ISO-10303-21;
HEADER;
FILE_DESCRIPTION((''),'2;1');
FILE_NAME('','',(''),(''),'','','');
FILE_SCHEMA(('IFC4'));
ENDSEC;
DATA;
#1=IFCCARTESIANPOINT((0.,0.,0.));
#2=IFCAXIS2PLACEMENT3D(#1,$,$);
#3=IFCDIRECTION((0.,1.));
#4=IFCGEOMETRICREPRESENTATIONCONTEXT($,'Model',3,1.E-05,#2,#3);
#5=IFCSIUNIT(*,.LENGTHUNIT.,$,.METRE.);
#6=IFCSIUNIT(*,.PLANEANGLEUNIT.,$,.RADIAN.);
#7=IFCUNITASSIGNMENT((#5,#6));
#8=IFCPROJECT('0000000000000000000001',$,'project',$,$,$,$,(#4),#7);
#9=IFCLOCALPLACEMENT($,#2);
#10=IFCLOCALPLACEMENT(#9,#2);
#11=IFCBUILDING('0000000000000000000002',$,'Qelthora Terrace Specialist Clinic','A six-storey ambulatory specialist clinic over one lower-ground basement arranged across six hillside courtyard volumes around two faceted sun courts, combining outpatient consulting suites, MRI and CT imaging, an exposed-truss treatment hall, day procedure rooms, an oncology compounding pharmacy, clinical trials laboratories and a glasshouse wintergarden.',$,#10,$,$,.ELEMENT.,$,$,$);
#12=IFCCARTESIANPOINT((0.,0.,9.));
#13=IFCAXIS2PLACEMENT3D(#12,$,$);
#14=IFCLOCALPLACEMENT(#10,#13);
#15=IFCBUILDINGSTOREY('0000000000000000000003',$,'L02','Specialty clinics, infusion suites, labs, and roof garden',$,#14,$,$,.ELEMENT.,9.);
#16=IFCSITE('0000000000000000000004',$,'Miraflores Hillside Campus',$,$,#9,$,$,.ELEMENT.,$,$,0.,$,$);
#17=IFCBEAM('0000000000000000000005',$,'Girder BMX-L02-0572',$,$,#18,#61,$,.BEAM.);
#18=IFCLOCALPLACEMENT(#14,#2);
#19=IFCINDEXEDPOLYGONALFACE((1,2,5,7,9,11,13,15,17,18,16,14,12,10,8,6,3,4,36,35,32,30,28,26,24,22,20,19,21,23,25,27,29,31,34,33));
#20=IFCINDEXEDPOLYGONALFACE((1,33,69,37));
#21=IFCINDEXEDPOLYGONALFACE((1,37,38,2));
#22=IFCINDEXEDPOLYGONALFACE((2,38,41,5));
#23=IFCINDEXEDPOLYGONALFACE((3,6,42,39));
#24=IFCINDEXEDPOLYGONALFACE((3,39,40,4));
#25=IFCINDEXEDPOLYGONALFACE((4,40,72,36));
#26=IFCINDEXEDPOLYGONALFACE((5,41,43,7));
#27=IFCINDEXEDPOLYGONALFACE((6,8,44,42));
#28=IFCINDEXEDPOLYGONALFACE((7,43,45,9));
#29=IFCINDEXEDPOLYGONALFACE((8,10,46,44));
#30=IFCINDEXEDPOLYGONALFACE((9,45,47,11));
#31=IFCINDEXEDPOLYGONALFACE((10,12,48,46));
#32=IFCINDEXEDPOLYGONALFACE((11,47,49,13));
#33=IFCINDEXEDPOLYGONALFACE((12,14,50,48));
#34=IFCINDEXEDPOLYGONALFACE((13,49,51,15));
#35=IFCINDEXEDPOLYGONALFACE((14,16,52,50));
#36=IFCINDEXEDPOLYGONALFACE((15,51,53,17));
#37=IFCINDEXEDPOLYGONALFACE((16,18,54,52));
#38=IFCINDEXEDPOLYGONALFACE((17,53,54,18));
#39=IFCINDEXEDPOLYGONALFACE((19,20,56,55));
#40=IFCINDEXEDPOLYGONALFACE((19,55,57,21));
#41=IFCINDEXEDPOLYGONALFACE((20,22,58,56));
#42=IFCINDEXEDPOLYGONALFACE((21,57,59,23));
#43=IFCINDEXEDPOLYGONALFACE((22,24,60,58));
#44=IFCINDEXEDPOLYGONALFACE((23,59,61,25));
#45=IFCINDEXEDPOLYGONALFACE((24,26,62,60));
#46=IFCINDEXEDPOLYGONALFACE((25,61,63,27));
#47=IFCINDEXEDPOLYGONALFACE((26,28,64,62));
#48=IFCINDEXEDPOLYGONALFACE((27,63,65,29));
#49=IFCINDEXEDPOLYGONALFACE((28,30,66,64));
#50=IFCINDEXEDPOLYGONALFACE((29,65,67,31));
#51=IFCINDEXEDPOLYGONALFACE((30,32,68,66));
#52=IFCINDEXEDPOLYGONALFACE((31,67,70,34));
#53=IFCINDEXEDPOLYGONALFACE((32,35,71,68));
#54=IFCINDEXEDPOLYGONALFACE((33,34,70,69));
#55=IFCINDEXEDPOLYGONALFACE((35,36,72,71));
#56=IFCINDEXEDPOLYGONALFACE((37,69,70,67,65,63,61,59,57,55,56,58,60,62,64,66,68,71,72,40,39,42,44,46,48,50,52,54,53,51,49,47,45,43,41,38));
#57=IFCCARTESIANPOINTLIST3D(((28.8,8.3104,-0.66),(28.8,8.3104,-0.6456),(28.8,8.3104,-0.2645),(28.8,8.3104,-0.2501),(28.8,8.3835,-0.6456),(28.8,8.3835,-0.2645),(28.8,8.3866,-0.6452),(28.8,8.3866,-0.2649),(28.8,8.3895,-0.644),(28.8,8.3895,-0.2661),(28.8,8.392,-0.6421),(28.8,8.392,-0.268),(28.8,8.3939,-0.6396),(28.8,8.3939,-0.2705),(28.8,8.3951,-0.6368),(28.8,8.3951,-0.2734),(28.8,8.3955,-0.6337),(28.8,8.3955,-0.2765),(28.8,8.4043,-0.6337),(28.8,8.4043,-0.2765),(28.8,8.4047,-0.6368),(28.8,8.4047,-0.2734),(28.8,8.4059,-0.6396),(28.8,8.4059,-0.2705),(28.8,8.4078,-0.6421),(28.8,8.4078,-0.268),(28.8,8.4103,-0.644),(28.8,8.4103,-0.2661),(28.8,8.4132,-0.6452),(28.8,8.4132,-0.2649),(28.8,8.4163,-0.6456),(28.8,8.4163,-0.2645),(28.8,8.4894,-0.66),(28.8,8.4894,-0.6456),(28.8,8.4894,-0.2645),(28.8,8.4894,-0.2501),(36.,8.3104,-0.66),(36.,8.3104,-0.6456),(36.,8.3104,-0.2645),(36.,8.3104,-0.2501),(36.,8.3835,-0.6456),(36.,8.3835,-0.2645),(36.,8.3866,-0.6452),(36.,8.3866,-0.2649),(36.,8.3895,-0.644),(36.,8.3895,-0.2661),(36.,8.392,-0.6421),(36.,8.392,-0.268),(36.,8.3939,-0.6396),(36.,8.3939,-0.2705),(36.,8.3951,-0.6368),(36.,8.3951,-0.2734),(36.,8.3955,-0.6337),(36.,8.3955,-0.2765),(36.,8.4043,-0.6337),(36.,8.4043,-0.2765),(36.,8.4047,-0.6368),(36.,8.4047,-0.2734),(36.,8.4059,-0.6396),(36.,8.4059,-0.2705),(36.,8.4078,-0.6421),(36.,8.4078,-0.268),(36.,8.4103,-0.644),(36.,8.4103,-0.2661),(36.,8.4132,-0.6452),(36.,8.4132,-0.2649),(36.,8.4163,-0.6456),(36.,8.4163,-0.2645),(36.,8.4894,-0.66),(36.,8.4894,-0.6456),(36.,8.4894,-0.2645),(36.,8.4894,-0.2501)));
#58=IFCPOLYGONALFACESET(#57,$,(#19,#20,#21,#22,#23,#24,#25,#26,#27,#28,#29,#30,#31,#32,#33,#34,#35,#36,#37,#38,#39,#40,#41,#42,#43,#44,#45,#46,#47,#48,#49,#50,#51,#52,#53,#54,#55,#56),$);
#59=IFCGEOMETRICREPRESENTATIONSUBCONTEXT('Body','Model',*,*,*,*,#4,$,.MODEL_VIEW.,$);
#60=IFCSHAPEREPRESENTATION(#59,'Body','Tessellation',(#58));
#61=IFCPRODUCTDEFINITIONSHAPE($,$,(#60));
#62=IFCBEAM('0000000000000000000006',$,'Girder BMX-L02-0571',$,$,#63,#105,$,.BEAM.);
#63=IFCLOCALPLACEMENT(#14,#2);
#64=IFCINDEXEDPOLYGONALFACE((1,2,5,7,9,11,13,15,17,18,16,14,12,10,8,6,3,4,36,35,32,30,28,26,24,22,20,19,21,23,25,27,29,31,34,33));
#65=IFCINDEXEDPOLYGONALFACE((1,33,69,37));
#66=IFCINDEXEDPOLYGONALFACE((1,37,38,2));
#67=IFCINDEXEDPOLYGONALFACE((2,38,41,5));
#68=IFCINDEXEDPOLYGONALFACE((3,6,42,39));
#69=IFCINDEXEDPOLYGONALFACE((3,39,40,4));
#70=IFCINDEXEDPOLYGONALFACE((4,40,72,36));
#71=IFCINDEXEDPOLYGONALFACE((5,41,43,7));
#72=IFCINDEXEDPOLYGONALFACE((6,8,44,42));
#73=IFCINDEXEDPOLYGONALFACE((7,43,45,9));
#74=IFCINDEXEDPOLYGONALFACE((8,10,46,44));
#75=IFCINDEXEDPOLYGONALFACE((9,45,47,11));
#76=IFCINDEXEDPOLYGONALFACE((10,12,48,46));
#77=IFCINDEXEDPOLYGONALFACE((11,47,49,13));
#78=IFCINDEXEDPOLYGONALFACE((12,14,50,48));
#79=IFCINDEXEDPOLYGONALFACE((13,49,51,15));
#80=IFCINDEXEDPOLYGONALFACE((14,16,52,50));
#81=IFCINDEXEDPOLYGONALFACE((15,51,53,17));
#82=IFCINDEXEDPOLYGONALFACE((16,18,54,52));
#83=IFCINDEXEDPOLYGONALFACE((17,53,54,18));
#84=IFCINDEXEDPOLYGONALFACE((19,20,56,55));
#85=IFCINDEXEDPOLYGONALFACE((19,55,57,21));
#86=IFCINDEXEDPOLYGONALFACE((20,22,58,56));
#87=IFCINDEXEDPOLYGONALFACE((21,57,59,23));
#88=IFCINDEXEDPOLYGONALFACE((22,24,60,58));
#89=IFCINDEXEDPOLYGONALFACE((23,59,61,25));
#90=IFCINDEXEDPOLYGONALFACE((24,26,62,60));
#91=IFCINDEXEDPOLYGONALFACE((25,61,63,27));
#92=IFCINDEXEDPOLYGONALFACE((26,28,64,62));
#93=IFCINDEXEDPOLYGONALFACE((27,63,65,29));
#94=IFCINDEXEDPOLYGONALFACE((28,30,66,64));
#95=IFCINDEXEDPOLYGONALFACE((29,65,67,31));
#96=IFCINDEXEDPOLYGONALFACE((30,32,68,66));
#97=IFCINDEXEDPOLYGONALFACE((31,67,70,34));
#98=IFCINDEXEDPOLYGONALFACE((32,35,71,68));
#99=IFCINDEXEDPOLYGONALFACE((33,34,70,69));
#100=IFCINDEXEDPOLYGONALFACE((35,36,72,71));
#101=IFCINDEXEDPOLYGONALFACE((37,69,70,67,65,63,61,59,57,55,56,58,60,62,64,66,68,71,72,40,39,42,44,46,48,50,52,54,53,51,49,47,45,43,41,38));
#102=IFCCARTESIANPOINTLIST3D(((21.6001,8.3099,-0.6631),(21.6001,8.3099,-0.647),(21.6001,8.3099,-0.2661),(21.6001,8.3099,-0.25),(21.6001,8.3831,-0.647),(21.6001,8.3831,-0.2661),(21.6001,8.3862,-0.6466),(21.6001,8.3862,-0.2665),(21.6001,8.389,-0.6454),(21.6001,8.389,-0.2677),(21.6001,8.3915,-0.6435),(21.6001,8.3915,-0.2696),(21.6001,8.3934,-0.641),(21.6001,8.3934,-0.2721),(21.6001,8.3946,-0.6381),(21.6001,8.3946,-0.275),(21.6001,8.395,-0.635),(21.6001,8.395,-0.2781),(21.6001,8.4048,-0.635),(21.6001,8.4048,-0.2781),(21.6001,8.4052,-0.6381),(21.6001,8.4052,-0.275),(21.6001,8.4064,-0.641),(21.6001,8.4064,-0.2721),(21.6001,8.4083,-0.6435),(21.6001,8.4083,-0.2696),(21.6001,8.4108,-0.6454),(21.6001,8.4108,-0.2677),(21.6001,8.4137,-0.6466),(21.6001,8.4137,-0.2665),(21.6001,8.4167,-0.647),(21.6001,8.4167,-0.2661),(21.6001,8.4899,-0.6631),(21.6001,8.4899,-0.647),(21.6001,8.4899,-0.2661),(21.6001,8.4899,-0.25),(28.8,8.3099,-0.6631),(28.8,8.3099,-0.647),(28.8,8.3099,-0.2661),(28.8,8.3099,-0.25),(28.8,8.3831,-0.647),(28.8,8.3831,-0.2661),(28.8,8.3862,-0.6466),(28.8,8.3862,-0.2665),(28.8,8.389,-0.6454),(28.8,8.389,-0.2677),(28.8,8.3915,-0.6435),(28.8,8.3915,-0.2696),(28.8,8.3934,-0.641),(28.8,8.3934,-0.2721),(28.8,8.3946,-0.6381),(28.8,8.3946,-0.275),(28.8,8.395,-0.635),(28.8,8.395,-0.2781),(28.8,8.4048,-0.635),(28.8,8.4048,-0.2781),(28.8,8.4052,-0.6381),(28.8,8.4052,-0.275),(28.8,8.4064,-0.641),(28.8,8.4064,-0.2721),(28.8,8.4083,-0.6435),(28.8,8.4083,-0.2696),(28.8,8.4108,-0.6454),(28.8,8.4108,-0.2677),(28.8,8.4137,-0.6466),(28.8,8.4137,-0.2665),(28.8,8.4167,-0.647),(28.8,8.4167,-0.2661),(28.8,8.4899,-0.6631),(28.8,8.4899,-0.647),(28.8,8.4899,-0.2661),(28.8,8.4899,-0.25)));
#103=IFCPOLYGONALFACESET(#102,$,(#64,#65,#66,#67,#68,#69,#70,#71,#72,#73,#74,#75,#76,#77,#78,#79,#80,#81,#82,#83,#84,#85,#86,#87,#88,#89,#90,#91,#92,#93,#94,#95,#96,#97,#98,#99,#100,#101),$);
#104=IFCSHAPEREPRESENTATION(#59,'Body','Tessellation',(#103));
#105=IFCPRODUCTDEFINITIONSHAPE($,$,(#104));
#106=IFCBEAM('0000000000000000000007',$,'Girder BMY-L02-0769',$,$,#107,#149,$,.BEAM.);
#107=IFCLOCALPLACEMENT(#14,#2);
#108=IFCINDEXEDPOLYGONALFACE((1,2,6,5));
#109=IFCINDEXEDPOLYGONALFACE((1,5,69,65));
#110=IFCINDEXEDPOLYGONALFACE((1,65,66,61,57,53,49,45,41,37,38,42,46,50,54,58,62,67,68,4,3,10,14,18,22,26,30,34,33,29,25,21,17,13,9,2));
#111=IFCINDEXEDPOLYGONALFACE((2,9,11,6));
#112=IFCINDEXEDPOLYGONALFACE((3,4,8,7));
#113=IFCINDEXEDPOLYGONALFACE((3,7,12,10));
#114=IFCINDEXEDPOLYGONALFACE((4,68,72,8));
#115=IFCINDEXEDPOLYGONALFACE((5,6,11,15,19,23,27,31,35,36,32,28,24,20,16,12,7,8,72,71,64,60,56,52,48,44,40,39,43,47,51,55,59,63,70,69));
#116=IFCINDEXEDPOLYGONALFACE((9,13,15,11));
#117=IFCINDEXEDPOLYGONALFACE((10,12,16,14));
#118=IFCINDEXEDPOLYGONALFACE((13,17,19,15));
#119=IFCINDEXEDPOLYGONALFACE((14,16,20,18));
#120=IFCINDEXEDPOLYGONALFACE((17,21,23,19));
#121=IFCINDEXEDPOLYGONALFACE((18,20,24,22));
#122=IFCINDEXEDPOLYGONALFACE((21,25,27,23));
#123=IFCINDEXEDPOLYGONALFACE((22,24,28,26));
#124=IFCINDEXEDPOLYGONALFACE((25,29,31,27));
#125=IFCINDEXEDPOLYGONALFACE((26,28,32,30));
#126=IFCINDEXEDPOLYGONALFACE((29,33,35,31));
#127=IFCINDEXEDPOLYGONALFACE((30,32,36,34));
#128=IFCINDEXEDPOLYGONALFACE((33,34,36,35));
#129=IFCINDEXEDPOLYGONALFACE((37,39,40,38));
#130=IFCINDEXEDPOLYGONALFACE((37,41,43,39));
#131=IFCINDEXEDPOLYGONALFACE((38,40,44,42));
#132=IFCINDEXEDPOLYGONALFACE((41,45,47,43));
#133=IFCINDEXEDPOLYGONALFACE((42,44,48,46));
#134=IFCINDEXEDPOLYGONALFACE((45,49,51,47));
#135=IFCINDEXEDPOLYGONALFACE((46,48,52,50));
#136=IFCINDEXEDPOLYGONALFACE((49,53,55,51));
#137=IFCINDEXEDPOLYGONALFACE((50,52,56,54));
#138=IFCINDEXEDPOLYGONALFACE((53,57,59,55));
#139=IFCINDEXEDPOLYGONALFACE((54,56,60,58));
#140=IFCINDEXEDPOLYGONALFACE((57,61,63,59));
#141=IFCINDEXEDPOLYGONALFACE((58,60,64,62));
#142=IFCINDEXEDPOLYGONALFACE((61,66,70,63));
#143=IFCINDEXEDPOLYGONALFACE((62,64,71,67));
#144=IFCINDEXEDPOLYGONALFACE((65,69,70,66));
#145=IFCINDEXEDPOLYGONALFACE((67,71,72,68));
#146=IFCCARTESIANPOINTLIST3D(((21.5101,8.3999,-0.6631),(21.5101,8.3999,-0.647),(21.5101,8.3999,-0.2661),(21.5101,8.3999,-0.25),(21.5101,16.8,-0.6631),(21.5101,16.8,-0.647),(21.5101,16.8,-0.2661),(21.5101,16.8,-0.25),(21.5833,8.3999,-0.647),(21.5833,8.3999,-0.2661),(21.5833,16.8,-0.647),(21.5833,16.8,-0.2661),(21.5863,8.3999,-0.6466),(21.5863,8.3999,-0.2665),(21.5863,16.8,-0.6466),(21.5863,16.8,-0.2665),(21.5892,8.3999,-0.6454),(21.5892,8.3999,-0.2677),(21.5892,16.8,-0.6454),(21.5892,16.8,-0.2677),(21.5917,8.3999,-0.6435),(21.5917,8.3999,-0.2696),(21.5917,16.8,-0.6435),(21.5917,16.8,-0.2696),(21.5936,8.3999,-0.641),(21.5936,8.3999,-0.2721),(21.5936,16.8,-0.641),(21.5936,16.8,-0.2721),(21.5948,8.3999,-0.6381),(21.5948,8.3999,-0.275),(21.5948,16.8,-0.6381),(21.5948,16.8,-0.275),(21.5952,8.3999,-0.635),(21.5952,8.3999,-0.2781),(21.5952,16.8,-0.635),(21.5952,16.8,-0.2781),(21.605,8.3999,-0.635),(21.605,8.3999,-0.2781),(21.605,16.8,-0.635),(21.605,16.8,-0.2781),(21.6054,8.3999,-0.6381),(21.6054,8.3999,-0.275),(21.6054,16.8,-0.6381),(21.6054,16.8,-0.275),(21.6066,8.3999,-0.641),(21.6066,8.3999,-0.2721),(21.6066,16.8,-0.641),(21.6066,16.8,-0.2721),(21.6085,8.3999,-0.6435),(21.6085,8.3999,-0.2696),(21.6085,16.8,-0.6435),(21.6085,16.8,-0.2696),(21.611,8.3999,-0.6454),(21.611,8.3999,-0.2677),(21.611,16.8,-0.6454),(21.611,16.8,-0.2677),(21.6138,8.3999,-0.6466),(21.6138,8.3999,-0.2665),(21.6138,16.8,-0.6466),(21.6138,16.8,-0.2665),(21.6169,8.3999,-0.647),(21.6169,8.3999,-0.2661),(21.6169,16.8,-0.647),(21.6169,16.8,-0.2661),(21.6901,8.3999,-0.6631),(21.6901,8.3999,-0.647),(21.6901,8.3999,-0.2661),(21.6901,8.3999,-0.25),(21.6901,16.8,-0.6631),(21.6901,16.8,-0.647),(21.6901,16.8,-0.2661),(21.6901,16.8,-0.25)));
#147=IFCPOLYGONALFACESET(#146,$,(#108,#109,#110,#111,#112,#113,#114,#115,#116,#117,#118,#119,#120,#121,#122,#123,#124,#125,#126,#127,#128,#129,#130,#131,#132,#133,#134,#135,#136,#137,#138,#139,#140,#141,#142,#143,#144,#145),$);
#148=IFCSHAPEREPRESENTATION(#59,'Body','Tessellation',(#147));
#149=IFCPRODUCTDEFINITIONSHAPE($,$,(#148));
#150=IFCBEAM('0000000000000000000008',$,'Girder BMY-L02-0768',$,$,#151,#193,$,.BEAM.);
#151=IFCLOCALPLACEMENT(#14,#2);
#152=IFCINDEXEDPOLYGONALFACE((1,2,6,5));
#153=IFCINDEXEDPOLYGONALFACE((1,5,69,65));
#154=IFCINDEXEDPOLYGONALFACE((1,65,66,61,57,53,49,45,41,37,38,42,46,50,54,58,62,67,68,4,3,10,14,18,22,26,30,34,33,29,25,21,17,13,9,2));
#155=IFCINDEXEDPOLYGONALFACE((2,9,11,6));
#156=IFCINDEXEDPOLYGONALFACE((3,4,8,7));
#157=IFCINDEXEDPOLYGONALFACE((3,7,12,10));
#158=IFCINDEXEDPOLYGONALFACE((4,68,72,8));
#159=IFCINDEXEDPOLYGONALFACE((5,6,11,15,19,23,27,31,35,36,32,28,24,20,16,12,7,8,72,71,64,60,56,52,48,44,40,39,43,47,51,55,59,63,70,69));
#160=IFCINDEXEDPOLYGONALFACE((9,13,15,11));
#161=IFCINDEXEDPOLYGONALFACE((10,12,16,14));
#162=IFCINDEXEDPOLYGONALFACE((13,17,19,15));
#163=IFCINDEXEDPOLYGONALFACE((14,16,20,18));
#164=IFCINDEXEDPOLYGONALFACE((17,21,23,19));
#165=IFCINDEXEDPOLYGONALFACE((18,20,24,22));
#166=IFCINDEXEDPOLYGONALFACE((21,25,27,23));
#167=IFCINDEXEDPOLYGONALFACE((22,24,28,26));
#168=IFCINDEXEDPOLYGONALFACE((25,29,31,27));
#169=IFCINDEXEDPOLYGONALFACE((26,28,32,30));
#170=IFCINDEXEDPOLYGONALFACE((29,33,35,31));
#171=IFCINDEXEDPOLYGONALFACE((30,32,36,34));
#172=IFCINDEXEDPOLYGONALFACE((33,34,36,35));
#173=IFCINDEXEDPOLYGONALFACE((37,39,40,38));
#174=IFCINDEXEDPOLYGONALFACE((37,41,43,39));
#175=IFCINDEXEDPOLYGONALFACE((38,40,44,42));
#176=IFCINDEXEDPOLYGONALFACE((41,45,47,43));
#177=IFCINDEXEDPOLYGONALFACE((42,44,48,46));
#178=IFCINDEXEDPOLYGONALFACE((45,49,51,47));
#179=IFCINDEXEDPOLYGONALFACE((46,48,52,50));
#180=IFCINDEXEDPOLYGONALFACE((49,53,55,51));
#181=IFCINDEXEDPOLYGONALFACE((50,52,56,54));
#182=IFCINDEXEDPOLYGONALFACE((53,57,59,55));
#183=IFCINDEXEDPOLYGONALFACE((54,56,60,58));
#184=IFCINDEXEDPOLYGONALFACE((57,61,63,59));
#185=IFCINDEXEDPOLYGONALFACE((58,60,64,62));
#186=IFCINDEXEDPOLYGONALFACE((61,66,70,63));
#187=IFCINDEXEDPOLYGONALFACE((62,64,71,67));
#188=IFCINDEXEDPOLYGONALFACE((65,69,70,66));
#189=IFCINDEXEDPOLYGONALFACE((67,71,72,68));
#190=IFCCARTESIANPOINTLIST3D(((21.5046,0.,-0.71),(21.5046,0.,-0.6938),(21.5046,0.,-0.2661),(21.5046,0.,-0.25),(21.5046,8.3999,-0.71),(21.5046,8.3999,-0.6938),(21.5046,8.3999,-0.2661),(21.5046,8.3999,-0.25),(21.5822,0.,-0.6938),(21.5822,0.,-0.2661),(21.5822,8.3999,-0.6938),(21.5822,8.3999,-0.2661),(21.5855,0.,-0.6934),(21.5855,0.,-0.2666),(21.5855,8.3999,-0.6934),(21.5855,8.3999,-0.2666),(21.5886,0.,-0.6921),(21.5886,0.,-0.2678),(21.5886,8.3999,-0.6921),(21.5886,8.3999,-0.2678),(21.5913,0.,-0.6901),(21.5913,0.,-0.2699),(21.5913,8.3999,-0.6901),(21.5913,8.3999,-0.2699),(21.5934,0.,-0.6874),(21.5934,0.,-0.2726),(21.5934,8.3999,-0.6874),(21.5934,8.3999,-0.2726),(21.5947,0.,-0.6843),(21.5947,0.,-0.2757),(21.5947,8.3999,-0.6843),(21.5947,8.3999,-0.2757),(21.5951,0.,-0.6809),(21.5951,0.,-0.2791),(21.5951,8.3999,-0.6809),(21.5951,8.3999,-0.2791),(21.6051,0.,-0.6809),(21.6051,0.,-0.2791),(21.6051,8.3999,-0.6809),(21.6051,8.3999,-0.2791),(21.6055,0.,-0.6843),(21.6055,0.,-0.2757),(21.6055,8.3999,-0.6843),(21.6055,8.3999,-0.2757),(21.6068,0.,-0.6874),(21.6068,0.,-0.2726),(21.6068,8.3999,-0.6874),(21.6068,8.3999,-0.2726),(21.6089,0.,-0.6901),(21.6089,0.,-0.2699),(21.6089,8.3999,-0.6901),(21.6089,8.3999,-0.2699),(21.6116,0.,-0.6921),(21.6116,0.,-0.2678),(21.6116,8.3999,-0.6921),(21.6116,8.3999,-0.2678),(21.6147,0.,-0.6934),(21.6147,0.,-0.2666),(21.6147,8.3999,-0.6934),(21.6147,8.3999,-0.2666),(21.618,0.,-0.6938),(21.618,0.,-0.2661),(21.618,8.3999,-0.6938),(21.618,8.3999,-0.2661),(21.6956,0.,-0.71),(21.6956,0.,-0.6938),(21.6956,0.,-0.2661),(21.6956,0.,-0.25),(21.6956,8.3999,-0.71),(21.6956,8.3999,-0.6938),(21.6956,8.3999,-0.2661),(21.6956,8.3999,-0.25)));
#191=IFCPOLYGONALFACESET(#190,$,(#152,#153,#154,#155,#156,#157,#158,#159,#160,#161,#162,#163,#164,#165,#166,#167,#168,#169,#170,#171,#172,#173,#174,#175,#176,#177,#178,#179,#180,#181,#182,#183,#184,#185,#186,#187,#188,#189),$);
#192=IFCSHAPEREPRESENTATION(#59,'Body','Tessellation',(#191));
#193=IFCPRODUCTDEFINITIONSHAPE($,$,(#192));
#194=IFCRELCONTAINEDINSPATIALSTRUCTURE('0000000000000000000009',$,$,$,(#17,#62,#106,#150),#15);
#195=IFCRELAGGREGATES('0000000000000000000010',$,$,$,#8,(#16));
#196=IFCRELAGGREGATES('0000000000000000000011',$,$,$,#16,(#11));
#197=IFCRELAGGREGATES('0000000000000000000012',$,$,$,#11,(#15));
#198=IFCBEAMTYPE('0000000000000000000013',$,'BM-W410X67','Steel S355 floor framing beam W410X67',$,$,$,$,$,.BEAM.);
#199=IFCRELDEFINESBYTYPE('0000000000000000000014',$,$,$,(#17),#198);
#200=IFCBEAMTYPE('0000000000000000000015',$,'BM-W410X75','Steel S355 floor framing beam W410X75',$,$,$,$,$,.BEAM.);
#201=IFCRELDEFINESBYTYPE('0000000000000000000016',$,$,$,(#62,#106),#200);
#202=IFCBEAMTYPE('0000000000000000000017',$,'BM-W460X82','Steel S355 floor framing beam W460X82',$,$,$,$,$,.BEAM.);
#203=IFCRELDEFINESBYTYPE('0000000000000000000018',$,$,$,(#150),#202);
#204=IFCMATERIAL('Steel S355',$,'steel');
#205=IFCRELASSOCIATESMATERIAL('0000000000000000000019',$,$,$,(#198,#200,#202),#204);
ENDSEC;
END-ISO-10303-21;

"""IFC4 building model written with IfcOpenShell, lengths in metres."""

from ifc_helpers import new_model, si_unit, direction, frame, origin, origin_2d, place, context, subcontext, project, spatial, i_section, extrude, material, material_profile, profile_set, type_object, element, save


model = new_model("IFC4")

# Units and contexts
model_context = context("Model", 3, precision=1e-05, world=origin(), true_north=direction((0.0, 1.0)))
body_context = subcontext(model_context, "Body", "Model", "MODEL_VIEW")
ifc_project = project(units=[si_unit("LENGTHUNIT", "METRE"), si_unit("PLANEANGLEUNIT", "RADIAN")], contexts=[model_context])

# Site, building, storey
site_placement = place(None, origin())
site = spatial("IfcSite", under=ifc_project, at=site_placement, Name="Miraflores Hillside Campus", CompositionType="ELEMENT", RefElevation=0.0)
building_placement = place(site_placement, origin())
building = spatial("IfcBuilding", under=site, at=building_placement, Name="Qelthora Terrace Specialist Clinic", Description="A six-storey ambulatory specialist clinic over one lower-ground basement arranged across six hillside courtyard volumes around two faceted sun courts, combining outpatient consulting suites, MRI and CT imaging, an exposed-truss treatment hall, day procedure rooms, an oncology compounding pharmacy, clinical trials laboratories and a glasshouse wintergarden.", CompositionType="ELEMENT")
storey_placement = place(building_placement, frame((0.0, 0.0, 9.0)))
storey = spatial("IfcBuildingStorey", under=building, at=storey_placement, Name="L02", Description="Specialty clinics, infusion suites, labs, and roof garden", CompositionType="ELEMENT", Elevation=9.0)

# Beams
ifc_material_1 = material(Name="Steel S355", Category="steel")
ifc_material_profile_1 = material_profile(ifc_material_1, i_section(OverallWidth=0.179, OverallDepth=0.4099, WebThickness=0.0088, FlangeThickness=0.0144, FilletRadius=0.012, at=origin_2d()), Name="W410X67")
ifc_profile_set_1 = profile_set([ifc_material_profile_1], Name="Steel S355")
beam_type_1 = type_object("IfcBeamType", Name="BM-W410X67", Description="Steel S355 floor framing beam W410X67", PredefinedType="BEAM", material=ifc_profile_set_1)
beam_1_placement = place(storey_placement, frame((28.8, 8.3999, -0.4551), z_axis=(1.0, 0.0, 0.0), x_axis=(0.0, 1.0, 0.0)))
element("IfcBeam", 1, at=beam_1_placement, inside=storey, type_object=beam_type_1, Name="Girder BMX-L02-0572", PredefinedType="BEAM", context=body_context, shape_type="SweptSolid", body=[
    extrude(i_section(OverallWidth=0.179, OverallDepth=0.4099, WebThickness=0.0088, FlangeThickness=0.0144, FilletRadius=0.012, at=origin_2d()), origin(), (0.0, 0.0, 1.0), 7.2),
])
ifc_material_profile_2 = material_profile(ifc_material_1, i_section(OverallWidth=0.1799, OverallDepth=0.4131, WebThickness=0.0098, FlangeThickness=0.0161, FilletRadius=0.012, at=origin_2d()), Name="W410X75")
ifc_profile_set_2 = profile_set([ifc_material_profile_2], Name="Steel S355")
beam_type_2 = type_object("IfcBeamType", Name="BM-W410X75", Description="Steel S355 floor framing beam W410X75", PredefinedType="BEAM", material=ifc_profile_set_2)
beam_2_placement = place(storey_placement, frame((21.6001, 8.3999, -0.4565), z_axis=(1.0, 0.0, 0.0), x_axis=(0.0, 1.0, 0.0)))
element("IfcBeam", 2, at=beam_2_placement, inside=storey, type_object=beam_type_2, Name="Girder BMX-L02-0571", PredefinedType="BEAM", context=body_context, shape_type="SweptSolid", body=[
    extrude(i_section(OverallWidth=0.1799, OverallDepth=0.4131, WebThickness=0.0098, FlangeThickness=0.0161, FilletRadius=0.012, at=origin_2d()), origin(), (0.0, 0.0, 1.0), 7.2),
])
beam_3_placement = place(storey_placement, frame((21.6001, 8.3999, -0.4565), z_axis=(0.0, 1.0, 0.0), x_axis=(-1.0, 0.0, 0.0)))
element("IfcBeam", 3, at=beam_3_placement, inside=storey, type_object=beam_type_2, Name="Girder BMY-L02-0769", PredefinedType="BEAM", context=body_context, shape_type="SweptSolid", body=[
    extrude(i_section(OverallWidth=0.1799, OverallDepth=0.4131, WebThickness=0.0098, FlangeThickness=0.0161, FilletRadius=0.012, at=origin_2d()), origin(), (0.0, 0.0, 1.0), 8.4001),
])
ifc_material_profile_3 = material_profile(ifc_material_1, i_section(OverallWidth=0.1909, OverallDepth=0.46, WebThickness=0.01, FlangeThickness=0.0161, FilletRadius=0.0129, at=origin_2d()), Name="W460X82")
ifc_profile_set_3 = profile_set([ifc_material_profile_3], Name="Steel S355")
beam_type_3 = type_object("IfcBeamType", Name="BM-W460X82", Description="Steel S355 floor framing beam W460X82", PredefinedType="BEAM", material=ifc_profile_set_3)
beam_4_placement = place(storey_placement, frame((21.6001, 0.0, -0.48), z_axis=(0.0, 1.0, 0.0), x_axis=(-1.0, 0.0, 0.0)))
element("IfcBeam", 4, at=beam_4_placement, inside=storey, type_object=beam_type_3, Name="Girder BMY-L02-0768", PredefinedType="BEAM", context=body_context, shape_type="SweptSolid", body=[
    extrude(i_section(OverallWidth=0.1909, OverallDepth=0.46, WebThickness=0.01, FlangeThickness=0.0161, FilletRadius=0.0129, at=origin_2d()), origin(), (0.0, 0.0, 1.0), 8.3999),
])

save(model, "model.ifc")
